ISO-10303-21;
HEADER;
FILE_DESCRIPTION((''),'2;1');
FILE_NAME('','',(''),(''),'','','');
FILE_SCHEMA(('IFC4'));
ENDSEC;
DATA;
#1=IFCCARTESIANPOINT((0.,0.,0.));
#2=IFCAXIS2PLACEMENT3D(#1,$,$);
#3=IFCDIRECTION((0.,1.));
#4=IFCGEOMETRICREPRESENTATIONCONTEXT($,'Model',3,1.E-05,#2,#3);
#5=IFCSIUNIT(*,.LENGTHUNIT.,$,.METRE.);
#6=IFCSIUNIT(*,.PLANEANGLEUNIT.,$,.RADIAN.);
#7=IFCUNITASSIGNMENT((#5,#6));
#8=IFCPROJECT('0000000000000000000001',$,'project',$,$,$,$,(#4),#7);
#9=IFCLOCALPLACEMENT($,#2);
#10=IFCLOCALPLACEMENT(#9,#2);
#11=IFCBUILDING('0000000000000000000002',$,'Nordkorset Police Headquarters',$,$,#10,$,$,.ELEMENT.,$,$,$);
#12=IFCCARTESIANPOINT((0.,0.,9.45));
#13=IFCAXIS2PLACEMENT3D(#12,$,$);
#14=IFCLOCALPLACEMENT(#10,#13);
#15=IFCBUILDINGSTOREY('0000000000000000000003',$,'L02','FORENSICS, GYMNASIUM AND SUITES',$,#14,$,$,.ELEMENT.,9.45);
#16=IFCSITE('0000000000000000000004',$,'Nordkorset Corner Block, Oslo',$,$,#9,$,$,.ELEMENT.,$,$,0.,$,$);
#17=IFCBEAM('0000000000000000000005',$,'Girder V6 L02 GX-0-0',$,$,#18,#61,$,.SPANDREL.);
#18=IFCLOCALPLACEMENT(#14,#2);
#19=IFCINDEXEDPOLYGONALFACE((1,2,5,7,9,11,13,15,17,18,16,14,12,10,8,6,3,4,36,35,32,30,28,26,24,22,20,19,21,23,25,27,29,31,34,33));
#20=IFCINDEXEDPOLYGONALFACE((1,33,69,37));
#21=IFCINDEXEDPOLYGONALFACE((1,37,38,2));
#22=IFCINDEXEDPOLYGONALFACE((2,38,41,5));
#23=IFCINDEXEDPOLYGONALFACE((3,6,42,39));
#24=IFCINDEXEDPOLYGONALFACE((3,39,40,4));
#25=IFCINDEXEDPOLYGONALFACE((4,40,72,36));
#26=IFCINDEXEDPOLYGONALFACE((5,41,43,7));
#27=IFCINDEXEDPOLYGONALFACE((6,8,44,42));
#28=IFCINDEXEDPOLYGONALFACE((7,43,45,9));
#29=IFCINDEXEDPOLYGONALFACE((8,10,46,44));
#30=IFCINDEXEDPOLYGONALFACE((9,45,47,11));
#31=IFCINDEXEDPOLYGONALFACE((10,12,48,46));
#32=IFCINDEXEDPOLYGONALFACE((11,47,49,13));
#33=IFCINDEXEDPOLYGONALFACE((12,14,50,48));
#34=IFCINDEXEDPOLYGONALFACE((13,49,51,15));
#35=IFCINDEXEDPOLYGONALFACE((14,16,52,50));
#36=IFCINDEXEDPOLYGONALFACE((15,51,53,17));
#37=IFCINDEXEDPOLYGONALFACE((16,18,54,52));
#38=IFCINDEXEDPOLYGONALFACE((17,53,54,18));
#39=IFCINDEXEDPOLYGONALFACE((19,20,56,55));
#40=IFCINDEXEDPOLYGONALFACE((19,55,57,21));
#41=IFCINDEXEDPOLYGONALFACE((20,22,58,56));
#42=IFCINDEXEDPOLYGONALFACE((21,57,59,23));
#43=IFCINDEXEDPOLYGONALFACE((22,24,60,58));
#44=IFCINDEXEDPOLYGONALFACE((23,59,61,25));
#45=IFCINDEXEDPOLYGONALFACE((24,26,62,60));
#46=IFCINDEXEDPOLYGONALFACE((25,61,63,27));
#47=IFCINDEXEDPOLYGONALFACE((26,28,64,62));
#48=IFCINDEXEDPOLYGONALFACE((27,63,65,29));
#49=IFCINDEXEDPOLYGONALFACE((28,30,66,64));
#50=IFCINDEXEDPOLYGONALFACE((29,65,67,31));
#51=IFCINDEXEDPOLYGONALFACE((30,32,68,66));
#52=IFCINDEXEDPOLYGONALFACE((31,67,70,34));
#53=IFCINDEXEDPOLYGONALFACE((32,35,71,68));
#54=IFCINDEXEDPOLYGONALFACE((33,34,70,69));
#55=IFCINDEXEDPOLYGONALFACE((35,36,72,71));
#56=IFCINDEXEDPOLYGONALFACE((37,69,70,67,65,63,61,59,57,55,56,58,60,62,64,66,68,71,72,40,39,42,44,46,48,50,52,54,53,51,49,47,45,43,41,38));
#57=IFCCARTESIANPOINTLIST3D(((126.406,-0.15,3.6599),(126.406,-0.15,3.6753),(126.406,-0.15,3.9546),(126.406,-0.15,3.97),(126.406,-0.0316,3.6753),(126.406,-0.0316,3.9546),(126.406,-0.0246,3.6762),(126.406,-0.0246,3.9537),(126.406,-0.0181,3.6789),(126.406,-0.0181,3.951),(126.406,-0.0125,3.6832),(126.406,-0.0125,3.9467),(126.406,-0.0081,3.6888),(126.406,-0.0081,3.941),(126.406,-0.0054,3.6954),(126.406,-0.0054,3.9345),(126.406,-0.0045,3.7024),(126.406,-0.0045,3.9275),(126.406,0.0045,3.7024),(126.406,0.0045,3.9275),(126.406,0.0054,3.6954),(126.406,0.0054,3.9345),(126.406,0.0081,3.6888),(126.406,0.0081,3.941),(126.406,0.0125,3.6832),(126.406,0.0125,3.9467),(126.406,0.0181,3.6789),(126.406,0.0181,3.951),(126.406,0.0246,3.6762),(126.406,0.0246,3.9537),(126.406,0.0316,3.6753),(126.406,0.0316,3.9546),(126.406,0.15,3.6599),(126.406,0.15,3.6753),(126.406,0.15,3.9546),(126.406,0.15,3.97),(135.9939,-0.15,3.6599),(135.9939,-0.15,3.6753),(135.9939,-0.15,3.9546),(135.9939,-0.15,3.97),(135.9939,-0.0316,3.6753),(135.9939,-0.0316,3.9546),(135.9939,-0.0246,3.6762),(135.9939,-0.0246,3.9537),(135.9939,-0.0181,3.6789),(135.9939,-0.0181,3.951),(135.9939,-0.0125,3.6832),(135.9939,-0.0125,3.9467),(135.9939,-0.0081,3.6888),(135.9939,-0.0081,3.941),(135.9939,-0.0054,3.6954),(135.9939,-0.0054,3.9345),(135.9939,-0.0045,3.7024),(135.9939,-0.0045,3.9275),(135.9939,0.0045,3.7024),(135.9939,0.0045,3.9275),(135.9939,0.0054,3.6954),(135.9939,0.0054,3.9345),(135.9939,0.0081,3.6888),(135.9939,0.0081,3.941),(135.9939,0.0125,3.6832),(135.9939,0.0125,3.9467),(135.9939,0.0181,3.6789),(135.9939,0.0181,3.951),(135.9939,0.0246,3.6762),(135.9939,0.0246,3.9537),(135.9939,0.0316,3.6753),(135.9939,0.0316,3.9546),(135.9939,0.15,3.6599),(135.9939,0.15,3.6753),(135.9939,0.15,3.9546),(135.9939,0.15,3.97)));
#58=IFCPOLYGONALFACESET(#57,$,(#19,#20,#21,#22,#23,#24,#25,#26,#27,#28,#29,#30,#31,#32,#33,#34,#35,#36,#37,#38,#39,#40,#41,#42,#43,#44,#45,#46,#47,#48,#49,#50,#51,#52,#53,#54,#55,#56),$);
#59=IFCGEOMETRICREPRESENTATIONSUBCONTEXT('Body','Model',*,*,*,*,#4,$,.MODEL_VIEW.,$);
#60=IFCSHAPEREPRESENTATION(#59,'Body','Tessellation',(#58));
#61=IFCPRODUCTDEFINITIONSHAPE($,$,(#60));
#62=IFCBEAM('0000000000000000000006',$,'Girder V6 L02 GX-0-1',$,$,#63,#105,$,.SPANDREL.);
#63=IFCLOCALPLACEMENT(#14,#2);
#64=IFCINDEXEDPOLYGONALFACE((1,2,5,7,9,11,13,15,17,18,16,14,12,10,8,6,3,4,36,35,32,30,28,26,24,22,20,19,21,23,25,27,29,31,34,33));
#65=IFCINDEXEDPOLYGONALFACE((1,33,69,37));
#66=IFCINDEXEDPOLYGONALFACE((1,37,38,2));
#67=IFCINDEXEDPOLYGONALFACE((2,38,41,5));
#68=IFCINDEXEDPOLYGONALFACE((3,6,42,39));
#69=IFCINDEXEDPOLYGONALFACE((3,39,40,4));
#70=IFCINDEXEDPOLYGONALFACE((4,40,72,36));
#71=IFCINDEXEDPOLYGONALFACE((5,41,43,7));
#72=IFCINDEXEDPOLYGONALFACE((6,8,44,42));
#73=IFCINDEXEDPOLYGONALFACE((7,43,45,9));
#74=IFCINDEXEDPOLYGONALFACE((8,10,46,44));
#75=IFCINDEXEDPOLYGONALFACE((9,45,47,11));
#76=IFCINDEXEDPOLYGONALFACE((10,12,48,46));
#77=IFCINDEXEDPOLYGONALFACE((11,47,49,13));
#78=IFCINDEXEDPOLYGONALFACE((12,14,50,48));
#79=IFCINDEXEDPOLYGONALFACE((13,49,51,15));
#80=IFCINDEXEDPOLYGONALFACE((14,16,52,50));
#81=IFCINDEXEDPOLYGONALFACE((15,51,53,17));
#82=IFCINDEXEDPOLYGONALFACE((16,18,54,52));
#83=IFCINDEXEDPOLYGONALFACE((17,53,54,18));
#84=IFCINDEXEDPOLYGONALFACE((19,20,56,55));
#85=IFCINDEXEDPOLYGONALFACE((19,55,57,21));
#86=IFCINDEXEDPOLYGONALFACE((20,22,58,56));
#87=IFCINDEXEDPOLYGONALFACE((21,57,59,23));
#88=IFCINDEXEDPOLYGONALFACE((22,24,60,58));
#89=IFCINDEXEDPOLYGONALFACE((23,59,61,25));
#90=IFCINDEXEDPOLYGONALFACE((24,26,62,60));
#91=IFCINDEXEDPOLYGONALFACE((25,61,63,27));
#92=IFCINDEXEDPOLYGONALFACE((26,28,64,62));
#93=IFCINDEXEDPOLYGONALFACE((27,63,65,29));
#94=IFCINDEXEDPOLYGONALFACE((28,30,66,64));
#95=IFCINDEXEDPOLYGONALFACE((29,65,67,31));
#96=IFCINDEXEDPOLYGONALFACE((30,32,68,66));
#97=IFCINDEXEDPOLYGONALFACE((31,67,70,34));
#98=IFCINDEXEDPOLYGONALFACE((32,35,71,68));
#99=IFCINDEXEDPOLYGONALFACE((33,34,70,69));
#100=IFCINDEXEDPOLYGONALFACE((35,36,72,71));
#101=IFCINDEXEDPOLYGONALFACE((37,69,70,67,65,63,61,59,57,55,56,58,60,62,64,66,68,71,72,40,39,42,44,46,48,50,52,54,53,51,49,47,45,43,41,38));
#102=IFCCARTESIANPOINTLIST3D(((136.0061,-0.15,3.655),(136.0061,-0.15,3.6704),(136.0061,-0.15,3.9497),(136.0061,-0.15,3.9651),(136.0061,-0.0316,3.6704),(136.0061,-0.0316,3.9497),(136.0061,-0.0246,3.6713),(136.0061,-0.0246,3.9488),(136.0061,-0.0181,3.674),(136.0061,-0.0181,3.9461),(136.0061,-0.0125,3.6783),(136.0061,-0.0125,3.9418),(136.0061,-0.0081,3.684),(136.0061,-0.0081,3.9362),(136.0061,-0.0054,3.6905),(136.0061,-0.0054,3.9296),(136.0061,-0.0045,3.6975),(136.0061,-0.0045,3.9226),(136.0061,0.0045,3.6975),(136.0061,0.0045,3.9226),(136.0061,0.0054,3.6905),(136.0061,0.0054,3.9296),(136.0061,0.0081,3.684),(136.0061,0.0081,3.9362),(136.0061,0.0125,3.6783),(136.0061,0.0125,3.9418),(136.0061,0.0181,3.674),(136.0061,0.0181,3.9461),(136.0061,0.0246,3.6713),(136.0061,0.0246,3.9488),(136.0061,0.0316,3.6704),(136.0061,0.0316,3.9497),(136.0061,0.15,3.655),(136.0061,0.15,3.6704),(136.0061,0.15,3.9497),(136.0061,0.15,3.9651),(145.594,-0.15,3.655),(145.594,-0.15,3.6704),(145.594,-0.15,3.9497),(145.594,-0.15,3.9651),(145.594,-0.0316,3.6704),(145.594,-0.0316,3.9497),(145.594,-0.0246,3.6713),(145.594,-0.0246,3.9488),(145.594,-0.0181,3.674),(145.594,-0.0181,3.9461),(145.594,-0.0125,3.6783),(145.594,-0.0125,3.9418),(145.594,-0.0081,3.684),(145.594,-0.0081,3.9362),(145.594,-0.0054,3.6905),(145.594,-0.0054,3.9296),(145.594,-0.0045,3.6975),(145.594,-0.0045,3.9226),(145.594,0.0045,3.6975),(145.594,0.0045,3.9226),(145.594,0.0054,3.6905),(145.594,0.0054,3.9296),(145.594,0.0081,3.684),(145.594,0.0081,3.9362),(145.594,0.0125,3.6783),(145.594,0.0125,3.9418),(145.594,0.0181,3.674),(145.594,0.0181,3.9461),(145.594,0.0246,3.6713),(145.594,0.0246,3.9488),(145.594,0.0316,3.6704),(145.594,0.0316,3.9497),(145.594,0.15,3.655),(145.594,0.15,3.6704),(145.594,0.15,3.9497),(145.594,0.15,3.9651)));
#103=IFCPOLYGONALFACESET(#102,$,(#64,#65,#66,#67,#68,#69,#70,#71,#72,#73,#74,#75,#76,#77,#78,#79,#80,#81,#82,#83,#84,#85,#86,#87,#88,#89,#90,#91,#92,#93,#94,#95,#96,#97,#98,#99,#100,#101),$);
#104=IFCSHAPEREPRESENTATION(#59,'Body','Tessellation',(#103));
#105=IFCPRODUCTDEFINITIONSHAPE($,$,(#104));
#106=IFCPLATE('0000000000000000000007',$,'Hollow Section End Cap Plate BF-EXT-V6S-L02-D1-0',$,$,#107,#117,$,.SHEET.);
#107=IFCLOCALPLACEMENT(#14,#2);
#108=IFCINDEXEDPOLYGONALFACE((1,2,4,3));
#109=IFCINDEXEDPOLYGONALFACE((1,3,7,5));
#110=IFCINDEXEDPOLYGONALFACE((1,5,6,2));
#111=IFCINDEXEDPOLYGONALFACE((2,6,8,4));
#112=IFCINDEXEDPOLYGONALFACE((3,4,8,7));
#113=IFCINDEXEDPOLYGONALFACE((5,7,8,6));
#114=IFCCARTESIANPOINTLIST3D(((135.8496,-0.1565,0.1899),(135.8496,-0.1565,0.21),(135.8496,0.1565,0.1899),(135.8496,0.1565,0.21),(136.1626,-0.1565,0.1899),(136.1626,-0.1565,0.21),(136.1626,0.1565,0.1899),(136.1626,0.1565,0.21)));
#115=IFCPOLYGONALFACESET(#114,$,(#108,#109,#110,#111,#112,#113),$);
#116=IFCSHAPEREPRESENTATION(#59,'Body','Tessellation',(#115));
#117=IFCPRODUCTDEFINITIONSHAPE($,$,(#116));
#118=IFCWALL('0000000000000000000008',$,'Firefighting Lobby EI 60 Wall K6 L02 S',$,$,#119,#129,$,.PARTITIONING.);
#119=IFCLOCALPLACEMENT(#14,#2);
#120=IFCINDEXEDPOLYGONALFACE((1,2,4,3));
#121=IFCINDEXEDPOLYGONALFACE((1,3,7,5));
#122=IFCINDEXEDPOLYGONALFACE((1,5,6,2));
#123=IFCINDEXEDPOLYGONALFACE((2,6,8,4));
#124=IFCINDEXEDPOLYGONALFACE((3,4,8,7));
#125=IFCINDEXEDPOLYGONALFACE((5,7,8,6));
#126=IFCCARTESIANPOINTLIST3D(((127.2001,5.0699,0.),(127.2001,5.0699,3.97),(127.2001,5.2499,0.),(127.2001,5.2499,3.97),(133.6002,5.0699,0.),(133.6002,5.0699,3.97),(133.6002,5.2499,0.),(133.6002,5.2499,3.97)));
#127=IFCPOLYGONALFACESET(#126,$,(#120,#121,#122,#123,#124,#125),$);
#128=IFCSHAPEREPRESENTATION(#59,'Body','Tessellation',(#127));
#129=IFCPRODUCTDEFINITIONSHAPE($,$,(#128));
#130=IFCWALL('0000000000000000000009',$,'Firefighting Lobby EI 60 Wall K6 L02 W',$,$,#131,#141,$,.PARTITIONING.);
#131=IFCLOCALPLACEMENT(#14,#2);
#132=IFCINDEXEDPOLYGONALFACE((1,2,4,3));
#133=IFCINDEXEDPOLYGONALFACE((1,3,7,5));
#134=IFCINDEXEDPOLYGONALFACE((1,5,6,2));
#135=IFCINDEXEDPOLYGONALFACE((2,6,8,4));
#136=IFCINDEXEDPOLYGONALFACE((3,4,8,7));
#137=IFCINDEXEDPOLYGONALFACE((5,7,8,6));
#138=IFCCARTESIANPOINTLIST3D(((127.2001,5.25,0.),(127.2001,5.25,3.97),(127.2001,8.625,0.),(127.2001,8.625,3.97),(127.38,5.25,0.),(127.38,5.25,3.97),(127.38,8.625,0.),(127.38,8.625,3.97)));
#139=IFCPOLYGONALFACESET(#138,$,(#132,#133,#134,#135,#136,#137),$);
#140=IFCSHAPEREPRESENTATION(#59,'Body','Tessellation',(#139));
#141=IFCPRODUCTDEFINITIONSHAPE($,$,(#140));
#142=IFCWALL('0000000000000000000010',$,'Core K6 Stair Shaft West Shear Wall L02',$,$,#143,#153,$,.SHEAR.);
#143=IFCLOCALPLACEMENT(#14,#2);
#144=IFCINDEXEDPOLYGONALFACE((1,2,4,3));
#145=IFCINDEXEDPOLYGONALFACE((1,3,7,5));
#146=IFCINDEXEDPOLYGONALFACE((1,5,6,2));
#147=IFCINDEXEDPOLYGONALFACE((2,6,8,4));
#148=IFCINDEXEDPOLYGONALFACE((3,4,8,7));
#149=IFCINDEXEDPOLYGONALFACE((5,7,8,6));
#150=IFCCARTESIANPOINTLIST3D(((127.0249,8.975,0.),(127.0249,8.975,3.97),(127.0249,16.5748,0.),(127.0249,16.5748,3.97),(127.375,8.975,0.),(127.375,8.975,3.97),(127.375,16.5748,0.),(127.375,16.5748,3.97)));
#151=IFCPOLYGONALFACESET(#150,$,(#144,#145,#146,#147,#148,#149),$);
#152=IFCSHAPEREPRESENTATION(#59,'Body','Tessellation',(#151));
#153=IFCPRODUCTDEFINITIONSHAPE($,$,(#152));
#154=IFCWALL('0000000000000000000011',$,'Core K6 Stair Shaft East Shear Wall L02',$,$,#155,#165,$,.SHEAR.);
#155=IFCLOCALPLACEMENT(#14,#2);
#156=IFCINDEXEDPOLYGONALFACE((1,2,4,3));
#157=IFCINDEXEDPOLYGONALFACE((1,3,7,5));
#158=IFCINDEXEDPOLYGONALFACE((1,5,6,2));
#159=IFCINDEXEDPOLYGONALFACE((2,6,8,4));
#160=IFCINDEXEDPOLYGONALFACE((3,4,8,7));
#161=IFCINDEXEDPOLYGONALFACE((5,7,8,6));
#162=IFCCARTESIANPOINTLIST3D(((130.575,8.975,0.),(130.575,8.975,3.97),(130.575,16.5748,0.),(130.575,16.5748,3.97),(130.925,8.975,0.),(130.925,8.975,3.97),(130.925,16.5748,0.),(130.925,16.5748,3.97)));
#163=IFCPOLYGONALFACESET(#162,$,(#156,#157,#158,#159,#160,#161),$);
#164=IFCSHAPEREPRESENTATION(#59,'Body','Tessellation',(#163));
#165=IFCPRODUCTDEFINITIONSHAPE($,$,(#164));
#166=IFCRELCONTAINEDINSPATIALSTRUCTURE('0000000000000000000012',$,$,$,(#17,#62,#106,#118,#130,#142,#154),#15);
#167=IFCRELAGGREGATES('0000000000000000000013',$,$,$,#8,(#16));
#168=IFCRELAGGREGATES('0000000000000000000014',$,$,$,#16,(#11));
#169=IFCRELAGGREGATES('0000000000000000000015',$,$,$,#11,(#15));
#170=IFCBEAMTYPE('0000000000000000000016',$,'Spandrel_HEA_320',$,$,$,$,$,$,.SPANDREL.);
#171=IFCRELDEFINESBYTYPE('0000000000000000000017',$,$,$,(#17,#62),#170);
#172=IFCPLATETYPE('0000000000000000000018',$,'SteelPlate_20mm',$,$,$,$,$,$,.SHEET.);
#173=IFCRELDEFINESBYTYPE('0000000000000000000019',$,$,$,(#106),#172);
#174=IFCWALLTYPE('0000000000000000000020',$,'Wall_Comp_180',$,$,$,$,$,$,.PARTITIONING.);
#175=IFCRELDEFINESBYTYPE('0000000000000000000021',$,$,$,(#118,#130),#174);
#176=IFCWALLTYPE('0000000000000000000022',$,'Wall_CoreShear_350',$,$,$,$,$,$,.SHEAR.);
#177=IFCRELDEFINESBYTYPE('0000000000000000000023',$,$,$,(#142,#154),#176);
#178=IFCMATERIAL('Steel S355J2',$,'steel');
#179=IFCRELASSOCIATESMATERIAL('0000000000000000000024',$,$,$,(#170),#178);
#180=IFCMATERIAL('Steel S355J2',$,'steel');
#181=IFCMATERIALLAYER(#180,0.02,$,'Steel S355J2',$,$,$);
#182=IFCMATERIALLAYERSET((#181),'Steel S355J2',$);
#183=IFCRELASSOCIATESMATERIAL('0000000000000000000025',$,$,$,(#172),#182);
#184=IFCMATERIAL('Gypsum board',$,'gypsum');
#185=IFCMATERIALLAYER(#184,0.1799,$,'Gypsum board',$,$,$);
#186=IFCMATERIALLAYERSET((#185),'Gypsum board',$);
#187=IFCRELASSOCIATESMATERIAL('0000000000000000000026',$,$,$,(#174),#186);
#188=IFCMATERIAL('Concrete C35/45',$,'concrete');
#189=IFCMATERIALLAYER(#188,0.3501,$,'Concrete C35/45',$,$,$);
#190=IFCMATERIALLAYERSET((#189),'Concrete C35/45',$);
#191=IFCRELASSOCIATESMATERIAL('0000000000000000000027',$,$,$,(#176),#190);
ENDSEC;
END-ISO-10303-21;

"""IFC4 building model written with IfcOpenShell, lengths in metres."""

from ifc_helpers import new_model, si_unit, direction, frame, frame_2d, origin, origin_2d, place, context, subcontext, project, spatial, rectangle, i_section, extrude, material, layer, layer_set, material_profile, profile_set, type_object, element, save


model = new_model("IFC4")

# Units and contexts
model_context = context("Model", 3, precision=1e-05, world=origin(), true_north=direction((0.0, 1.0)))
body_context = subcontext(model_context, "Body", "Model", "MODEL_VIEW")
ifc_project = project(units=[si_unit("LENGTHUNIT", "METRE"), si_unit("PLANEANGLEUNIT", "RADIAN")], contexts=[model_context])

# Site, building, storey
site_placement = place(None, origin())
site = spatial("IfcSite", under=ifc_project, at=site_placement, Name="Nordkorset Corner Block, Oslo", CompositionType="ELEMENT", RefElevation=0.0)
building_placement = place(site_placement, origin())
building = spatial("IfcBuilding", under=site, at=building_placement, Name="Nordkorset Police Headquarters", CompositionType="ELEMENT")
storey_placement = place(building_placement, frame((0.0, 0.0, 9.45)))
storey = spatial("IfcBuildingStorey", under=building, at=storey_placement, Name="L02", Description="FORENSICS, GYMNASIUM AND SUITES", CompositionType="ELEMENT", Elevation=9.45)

# Beams
ifc_material_1 = material(Name="Steel S355J2", Category="steel")
ifc_material_profile_1 = material_profile(ifc_material_1, i_section(OverallWidth=0.3, OverallDepth=0.3101, WebThickness=0.009, FlangeThickness=0.0154, FilletRadius=0.0271, at=origin_2d()), Name="HEA 320")
ifc_profile_set_1 = profile_set([ifc_material_profile_1], Name="Steel S355J2")
beam_type_1 = type_object("IfcBeamType", Name="Spandrel_HEA_320", PredefinedType="SPANDREL", material=ifc_profile_set_1)
for number, where, z_axis, x_axis, name in (
    (1, (126.406, 0.0, 3.8149), (1.0, 0.0, 0.0), (0.0, 1.0, 0.0), "Girder V6 L02 GX-0-0"),
    (2, (136.0061, 0.0, 3.8101), (1.0, 0.0, 0.0), (0.0, 1.0, 0.0), "Girder V6 L02 GX-0-1"),
):
    element("IfcBeam", number, at=place(storey_placement, frame(where, z_axis=z_axis, x_axis=x_axis)), inside=storey, type_object=beam_type_1, Name=name, PredefinedType="SPANDREL", context=body_context, shape_type="SweptSolid", body=[
        extrude(i_section(OverallWidth=0.3, OverallDepth=0.3101, WebThickness=0.009, FlangeThickness=0.0154, FilletRadius=0.0271, at=origin_2d()), origin(), (0.0, 0.0, 1.0), 9.5879),
    ])

# Plate
ifc_material_2 = material(Name="Steel S355J2", Category="steel")
ifc_layer_1 = layer(ifc_material_2, 0.02, Name="Steel S355J2")
ifc_layer_set_1 = layer_set([ifc_layer_1], Name="Steel S355J2")
plate_type = type_object("IfcPlateType", Name="SteelPlate_20mm", PredefinedType="SHEET", material=ifc_layer_set_1)
plate_placement = place(storey_placement, frame((136.0061, 0.0, 0.1899), z_axis=(0.0, 0.0, 1.0), x_axis=(1.0, 0.0, 0.0)))
element("IfcPlate", 3, at=plate_placement, inside=storey, type_object=plate_type, Name="Hollow Section End Cap Plate BF-EXT-V6S-L02-D1-0", PredefinedType="SHEET", context=body_context, shape_type="SweptSolid", body=[
    extrude(rectangle(XDim=0.313, YDim=0.313, at=origin_2d()), origin(), (0.0, 0.0, 1.0), 0.02),
])

# Walls
ifc_material_3 = material(Name="Gypsum board", Category="gypsum")
ifc_layer_2 = layer(ifc_material_3, 0.1799, Name="Gypsum board")
ifc_layer_set_2 = layer_set([ifc_layer_2], Name="Gypsum board")
wall_type_1 = type_object("IfcWallType", Name="Wall_Comp_180", PredefinedType="PARTITIONING", material=ifc_layer_set_2)
wall_1_placement = place(storey_placement, frame((127.2, 5.1599, 0.0), z_axis=(0.0, 0.0, 1.0), x_axis=(1.0, 0.0, 0.0)))
element("IfcWall", 4, at=wall_1_placement, inside=storey, type_object=wall_type_1, Name="Firefighting Lobby EI 60 Wall K6 L02 S", PredefinedType="PARTITIONING", context=body_context, shape_type="SweptSolid", body=[
    extrude(rectangle(XDim=6.4001, YDim=0.1799, at=frame_2d((3.2002, 0.0))), origin(), (0.0, 0.0, 1.0), 3.97),
])
wall_2_placement = place(storey_placement, frame((127.29, 5.25, 0.0), z_axis=(0.0, 0.0, 1.0), x_axis=(0.0, 1.0, 0.0)))
element("IfcWall", 5, at=wall_2_placement, inside=storey, type_object=wall_type_1, Name="Firefighting Lobby EI 60 Wall K6 L02 W", PredefinedType="PARTITIONING", context=body_context, shape_type="SweptSolid", body=[
    extrude(rectangle(XDim=3.375, YDim=0.1799, at=frame_2d((1.6875, 0.0))), origin(), (0.0, 0.0, 1.0), 3.97),
])

# Shared definitions
ifc_material_4 = material(Name="Concrete C35/45", Category="concrete")
ifc_layer_3 = layer(ifc_material_4, 0.3501, Name="Concrete C35/45")
ifc_layer_set_3 = layer_set([ifc_layer_3], Name="Concrete C35/45")
wall_type_2 = type_object("IfcWallType", Name="Wall_CoreShear_350", PredefinedType="SHEAR", material=ifc_layer_set_3)

# Walls
for number, where, z_axis, x_axis, name in (
    (6, (127.2, 8.9751, 0.0), (0.0, 0.0, 1.0), (0.0, 1.0, 0.0), "Core K6 Stair Shaft West Shear Wall L02"),
    (7, (130.75, 8.9751, 0.0), (0.0, 0.0, 1.0), (0.0, 1.0, 0.0), "Core K6 Stair Shaft East Shear Wall L02"),
):
    element("IfcWall", number, at=place(storey_placement, frame(where, z_axis=z_axis, x_axis=x_axis)), inside=storey, type_object=wall_type_2, Name=name, PredefinedType="SHEAR", context=body_context, shape_type="SweptSolid", body=[
        extrude(rectangle(XDim=7.5999, YDim=0.3501, at=frame_2d((3.7998, 0.0))), origin(), (0.0, 0.0, 1.0), 3.97),
    ])

save(model, "model.ifc")
